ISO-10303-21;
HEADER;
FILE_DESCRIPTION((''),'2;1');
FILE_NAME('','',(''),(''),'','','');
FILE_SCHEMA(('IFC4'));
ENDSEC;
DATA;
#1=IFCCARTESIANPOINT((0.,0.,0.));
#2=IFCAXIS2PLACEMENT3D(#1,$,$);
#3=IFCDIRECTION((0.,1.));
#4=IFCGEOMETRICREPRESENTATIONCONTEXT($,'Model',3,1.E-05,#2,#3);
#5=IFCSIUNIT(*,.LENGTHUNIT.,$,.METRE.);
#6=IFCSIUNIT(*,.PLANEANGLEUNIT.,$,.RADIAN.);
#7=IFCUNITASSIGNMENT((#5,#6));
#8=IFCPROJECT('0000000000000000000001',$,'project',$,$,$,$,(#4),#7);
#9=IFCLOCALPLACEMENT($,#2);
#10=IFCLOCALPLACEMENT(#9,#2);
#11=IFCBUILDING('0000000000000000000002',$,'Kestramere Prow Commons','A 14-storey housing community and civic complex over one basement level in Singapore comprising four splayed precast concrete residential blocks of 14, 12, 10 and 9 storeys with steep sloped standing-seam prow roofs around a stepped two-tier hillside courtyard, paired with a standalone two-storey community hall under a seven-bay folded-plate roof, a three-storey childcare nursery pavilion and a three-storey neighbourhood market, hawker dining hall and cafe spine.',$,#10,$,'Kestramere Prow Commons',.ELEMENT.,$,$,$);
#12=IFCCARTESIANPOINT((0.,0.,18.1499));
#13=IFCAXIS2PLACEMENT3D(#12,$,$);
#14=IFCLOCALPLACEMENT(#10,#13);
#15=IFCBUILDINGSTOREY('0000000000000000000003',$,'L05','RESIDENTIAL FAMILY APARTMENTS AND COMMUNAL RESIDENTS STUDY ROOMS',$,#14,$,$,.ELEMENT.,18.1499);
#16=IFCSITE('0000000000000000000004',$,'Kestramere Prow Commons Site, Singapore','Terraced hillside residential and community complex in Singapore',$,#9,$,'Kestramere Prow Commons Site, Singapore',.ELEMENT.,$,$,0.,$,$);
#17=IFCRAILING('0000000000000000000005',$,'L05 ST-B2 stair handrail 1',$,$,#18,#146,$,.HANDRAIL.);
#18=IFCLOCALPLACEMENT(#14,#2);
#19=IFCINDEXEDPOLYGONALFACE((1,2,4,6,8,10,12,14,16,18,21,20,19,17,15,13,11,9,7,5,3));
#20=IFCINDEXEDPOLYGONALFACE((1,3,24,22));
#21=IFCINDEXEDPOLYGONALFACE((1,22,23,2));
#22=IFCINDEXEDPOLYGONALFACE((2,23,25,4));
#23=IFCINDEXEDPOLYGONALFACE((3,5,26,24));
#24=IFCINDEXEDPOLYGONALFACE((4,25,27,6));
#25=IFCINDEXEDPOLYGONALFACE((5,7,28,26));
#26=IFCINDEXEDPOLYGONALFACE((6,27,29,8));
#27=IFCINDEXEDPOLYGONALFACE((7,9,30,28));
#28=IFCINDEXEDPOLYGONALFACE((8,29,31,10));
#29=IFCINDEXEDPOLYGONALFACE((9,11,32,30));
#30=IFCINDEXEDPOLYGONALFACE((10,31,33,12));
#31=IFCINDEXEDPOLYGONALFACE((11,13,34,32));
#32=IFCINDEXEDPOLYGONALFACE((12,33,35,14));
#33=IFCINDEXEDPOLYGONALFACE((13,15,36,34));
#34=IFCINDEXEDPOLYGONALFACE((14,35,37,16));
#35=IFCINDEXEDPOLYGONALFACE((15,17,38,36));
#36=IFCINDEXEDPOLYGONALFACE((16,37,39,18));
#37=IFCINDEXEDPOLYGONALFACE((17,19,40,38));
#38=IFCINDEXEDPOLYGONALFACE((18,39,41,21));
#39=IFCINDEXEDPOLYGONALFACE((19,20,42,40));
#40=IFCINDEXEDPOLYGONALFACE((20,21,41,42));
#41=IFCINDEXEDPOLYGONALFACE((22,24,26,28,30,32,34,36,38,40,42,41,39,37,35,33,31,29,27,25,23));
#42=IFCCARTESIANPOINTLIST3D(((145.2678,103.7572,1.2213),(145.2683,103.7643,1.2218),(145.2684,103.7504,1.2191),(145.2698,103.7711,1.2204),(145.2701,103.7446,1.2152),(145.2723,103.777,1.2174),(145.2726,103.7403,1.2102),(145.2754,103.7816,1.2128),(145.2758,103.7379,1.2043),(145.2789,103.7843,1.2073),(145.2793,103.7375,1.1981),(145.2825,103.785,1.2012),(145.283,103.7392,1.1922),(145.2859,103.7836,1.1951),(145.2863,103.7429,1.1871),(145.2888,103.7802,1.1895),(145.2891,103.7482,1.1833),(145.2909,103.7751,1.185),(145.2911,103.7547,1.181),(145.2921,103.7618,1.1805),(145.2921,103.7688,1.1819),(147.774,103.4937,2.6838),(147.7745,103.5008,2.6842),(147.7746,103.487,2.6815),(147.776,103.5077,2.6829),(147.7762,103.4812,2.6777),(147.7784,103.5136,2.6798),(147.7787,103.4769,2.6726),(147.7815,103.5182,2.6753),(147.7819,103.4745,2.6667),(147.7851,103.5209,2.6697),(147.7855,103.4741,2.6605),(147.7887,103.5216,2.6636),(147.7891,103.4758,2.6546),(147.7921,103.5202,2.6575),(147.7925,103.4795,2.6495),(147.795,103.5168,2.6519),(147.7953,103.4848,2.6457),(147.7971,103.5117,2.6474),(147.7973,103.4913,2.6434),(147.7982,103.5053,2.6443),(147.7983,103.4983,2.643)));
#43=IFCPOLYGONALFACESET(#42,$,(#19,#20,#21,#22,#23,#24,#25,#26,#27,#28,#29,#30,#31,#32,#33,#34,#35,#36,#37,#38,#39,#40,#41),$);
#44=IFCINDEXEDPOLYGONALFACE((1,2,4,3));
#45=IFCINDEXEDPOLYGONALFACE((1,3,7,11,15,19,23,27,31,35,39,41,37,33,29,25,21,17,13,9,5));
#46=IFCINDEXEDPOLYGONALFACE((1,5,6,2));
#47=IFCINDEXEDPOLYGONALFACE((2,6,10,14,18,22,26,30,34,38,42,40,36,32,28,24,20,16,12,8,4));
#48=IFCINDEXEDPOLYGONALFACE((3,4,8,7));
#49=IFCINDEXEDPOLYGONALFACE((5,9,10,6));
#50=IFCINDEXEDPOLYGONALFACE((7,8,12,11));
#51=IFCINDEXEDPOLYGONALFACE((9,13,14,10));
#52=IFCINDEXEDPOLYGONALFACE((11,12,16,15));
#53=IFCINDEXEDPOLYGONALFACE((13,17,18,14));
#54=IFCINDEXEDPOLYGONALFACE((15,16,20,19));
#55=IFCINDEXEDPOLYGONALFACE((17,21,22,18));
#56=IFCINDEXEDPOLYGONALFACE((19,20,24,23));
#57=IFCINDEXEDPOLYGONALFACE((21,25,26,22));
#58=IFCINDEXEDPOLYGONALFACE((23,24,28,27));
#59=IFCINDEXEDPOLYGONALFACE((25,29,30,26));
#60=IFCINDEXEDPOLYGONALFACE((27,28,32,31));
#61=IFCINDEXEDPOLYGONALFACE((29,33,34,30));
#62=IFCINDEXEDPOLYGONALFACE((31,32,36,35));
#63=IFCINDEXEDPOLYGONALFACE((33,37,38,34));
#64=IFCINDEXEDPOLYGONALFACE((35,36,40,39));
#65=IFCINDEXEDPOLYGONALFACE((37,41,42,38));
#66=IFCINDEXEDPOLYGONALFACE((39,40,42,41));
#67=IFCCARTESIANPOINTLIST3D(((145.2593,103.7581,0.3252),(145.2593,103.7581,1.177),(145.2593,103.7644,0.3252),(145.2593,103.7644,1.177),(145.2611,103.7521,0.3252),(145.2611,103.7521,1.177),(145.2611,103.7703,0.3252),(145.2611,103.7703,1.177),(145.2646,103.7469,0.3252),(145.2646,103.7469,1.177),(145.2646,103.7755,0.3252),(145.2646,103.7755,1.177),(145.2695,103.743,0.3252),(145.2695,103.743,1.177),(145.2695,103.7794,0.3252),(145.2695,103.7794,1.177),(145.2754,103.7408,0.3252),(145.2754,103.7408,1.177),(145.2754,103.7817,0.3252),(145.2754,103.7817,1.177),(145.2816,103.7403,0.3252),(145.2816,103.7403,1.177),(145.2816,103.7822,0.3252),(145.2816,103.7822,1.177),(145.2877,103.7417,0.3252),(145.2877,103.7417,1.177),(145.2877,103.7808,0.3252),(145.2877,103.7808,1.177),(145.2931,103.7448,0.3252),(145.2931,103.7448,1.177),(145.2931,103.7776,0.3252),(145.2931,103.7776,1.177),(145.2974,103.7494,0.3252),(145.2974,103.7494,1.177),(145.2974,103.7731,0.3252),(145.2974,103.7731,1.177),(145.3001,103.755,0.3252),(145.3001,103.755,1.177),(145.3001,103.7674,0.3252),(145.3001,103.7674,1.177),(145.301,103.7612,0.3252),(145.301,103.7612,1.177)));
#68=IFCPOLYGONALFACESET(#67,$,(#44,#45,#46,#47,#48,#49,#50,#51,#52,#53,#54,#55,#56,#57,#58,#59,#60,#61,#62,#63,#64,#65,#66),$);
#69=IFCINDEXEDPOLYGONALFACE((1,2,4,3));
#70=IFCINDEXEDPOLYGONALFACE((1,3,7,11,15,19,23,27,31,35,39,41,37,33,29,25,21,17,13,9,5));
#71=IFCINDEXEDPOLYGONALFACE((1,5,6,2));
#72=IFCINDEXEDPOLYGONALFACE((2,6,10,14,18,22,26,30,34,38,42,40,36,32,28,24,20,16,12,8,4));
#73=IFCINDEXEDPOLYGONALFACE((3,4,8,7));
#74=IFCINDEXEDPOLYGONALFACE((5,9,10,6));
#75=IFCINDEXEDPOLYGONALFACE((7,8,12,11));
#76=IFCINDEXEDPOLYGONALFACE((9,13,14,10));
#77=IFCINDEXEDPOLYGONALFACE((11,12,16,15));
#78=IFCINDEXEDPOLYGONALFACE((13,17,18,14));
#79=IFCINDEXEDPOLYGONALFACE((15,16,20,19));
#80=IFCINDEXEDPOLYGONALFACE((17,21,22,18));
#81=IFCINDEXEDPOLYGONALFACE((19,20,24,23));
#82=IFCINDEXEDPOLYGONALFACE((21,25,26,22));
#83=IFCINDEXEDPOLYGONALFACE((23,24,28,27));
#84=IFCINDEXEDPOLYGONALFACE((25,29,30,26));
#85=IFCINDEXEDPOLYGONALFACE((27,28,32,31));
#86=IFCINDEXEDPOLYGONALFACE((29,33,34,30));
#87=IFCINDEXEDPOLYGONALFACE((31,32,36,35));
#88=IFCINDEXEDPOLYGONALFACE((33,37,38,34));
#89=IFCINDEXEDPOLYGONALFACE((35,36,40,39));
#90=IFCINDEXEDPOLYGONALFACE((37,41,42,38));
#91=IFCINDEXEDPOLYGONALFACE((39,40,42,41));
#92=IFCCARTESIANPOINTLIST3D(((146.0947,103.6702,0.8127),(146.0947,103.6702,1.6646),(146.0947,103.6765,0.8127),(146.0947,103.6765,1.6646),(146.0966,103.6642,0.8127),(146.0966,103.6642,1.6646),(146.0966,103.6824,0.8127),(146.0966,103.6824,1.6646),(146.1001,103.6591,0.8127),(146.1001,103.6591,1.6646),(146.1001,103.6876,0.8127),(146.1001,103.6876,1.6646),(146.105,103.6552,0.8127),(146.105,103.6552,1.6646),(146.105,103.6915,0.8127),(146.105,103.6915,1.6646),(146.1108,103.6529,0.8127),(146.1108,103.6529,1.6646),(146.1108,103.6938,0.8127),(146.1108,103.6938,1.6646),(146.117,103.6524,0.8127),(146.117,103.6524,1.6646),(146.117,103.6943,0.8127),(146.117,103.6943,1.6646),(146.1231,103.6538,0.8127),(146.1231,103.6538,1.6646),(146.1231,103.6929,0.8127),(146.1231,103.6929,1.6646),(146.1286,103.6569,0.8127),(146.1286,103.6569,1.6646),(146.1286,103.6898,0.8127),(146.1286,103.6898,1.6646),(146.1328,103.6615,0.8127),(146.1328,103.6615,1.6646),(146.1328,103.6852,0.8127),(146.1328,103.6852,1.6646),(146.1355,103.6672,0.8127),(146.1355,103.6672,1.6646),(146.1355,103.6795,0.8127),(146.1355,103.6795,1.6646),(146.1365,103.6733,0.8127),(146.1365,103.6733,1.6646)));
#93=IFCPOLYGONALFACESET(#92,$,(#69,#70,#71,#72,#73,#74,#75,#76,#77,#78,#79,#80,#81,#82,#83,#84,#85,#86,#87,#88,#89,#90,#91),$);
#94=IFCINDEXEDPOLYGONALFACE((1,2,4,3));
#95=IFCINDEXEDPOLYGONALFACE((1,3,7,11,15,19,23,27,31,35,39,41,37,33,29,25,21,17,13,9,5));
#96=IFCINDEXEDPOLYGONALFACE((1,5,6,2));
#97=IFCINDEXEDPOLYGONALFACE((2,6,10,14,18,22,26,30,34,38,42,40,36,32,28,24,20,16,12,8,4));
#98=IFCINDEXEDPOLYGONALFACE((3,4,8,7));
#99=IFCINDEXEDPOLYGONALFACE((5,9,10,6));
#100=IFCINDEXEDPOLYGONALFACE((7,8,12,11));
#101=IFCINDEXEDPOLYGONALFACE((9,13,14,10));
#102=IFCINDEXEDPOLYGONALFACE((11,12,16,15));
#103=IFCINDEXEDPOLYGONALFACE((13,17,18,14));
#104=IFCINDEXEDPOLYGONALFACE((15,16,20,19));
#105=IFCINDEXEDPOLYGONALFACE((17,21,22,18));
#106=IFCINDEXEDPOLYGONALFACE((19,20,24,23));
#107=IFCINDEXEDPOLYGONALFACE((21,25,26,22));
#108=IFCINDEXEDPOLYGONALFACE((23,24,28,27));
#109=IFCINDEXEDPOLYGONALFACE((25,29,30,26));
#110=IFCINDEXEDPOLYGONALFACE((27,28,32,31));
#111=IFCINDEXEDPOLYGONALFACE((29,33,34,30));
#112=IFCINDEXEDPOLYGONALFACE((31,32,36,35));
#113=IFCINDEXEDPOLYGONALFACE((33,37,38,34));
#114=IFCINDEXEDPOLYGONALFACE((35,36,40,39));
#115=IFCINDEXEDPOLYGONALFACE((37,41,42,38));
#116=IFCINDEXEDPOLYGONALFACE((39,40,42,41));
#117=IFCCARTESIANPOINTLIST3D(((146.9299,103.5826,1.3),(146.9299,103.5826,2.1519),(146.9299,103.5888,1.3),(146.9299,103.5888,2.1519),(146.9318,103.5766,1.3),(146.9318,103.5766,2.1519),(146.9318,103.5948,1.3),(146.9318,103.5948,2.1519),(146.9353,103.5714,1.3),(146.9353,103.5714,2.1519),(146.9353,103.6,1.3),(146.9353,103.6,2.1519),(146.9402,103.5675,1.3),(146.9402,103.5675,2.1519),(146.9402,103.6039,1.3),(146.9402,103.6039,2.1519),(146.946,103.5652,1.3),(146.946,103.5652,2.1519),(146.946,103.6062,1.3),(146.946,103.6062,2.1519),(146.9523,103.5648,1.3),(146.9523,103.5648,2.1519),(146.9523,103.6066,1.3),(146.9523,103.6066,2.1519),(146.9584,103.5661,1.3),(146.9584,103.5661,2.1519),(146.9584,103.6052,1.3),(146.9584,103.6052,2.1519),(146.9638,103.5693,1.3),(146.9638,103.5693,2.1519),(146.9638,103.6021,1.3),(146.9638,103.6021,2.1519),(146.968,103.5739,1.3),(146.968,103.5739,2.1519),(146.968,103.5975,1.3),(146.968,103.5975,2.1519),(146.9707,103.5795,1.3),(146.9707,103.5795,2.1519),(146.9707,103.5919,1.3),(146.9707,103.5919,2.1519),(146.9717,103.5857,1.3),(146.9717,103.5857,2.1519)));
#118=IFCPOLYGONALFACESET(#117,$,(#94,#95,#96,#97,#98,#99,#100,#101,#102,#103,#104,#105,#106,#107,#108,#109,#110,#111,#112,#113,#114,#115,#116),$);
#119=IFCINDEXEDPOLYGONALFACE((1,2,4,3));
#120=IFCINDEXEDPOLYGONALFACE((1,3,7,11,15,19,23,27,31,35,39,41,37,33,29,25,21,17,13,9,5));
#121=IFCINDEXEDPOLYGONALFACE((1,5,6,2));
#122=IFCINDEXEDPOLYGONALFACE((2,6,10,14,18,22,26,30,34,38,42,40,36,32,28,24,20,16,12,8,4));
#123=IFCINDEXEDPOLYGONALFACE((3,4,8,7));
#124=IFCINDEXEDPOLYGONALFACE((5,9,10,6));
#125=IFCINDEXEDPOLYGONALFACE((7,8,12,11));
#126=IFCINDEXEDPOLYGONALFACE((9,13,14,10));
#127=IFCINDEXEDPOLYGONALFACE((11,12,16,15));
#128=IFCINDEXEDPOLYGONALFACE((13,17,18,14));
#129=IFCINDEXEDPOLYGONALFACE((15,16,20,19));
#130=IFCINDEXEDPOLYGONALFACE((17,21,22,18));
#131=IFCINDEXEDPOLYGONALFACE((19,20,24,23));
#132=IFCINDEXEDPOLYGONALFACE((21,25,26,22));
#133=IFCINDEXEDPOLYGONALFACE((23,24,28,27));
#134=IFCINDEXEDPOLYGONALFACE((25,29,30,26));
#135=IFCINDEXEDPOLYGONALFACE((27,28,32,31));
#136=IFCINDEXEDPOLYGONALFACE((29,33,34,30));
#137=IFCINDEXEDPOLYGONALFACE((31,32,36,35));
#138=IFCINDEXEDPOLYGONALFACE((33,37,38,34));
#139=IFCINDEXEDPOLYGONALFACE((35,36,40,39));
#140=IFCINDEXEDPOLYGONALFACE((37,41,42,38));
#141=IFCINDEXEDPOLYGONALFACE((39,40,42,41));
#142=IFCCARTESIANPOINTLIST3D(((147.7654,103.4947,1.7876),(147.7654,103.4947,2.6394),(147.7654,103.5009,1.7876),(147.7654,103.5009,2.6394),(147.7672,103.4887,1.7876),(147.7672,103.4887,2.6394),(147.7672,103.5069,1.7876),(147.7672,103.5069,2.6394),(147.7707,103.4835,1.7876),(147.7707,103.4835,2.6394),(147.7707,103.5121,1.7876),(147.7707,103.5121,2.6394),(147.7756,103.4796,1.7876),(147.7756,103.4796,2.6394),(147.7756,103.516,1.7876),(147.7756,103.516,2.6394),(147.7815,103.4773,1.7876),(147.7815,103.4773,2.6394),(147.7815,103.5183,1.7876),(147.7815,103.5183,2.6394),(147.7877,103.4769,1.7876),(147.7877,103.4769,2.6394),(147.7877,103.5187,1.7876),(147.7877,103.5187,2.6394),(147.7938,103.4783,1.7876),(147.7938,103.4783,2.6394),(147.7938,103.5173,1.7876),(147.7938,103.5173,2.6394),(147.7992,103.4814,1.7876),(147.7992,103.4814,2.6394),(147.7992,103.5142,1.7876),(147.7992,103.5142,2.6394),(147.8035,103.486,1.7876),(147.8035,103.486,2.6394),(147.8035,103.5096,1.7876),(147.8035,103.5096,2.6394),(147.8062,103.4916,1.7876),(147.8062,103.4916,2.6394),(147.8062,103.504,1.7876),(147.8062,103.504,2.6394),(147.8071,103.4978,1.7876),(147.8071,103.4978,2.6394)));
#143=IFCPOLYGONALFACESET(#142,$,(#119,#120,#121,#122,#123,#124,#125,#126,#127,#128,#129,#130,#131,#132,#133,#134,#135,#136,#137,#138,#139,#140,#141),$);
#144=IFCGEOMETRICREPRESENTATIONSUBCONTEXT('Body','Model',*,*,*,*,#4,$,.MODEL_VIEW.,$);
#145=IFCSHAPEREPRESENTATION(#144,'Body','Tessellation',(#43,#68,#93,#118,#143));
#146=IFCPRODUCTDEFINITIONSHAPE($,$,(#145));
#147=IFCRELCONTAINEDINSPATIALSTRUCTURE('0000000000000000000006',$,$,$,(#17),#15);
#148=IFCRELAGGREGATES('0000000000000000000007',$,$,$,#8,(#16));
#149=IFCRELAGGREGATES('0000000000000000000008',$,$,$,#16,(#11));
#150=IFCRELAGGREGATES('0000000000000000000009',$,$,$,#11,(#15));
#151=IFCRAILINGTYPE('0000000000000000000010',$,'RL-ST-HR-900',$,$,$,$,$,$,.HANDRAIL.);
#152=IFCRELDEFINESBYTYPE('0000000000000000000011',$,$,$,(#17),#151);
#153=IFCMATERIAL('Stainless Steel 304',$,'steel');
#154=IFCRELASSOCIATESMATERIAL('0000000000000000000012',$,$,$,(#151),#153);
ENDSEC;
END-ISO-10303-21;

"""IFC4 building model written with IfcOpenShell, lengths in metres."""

from ifc_helpers import new_model, si_unit, direction, frame, origin, origin_2d, place, context, subcontext, project, spatial, circle, extrude, material, type_object, element, save


model = new_model("IFC4")

# Units and contexts
model_context = context("Model", 3, precision=1e-05, world=origin(), true_north=direction((0.0, 1.0)))
body_context = subcontext(model_context, "Body", "Model", "MODEL_VIEW")
ifc_project = project(units=[si_unit("LENGTHUNIT", "METRE"), si_unit("PLANEANGLEUNIT", "RADIAN")], contexts=[model_context])

# Site, building, storey
site_placement = place(None, origin())
site = spatial("IfcSite", under=ifc_project, at=site_placement, Name="Kestramere Prow Commons Site, Singapore", Description="Terraced hillside residential and community complex in Singapore", LongName="Kestramere Prow Commons Site, Singapore", CompositionType="ELEMENT", RefElevation=0.0)
building_placement = place(site_placement, origin())
building = spatial("IfcBuilding", under=site, at=building_placement, Name="Kestramere Prow Commons", Description="A 14-storey housing community and civic complex over one basement level in Singapore comprising four splayed precast concrete residential blocks of 14, 12, 10 and 9 storeys with steep sloped standing-seam prow roofs around a stepped two-tier hillside courtyard, paired with a standalone two-storey community hall under a seven-bay folded-plate roof, a three-storey childcare nursery pavilion and a three-storey neighbourhood market, hawker dining hall and cafe spine.", LongName="Kestramere Prow Commons", CompositionType="ELEMENT")
storey_placement = place(building_placement, frame((0.0, 0.0, 18.1499)))
storey = spatial("IfcBuildingStorey", under=building, at=storey_placement, Name="L05", Description="RESIDENTIAL FAMILY APARTMENTS AND COMMUNAL RESIDENTS STUDY ROOMS", CompositionType="ELEMENT", Elevation=18.1499)

# Railing
ifc_material_1 = material(Name="Stainless Steel 304", Category="steel")
railing_type_1 = type_object("IfcRailingType", Name="RL-ST-HR-900", PredefinedType="HANDRAIL", material=ifc_material_1)
railing_1_placement = place(storey_placement, frame((145.28, 103.7612, 0.3252)))
element("IfcRailing", 1, at=railing_1_placement, inside=storey, type_object=railing_type_1, Name="L05 ST-B2 stair handrail 1", PredefinedType="HANDRAIL", context=body_context, shape_type="SweptSolid", body=[
    extrude(circle(Radius=0.0239, at=origin_2d()), frame((0.0, 0.0, 0.876), z_axis=(0.860165, -0.090416, 0.501937), x_axis=(0.104539, 0.994521, 0.0)), (0.0, 0.0, 1.0), 2.9136),
    extrude(circle(Radius=0.021, at=origin_2d()), origin(), (0.0, 0.0, 1.0), 0.8518),
    extrude(circle(Radius=0.021, at=origin_2d()), frame((0.8354, -0.0879, 0.4875)), (0.0, 0.0, 1.0), 0.8518),
    extrude(circle(Radius=0.021, at=origin_2d()), frame((1.6707, -0.1755, 0.9749)), (0.0, 0.0, 1.0), 0.8518),
    extrude(circle(Radius=0.021, at=origin_2d()), frame((2.5061, -0.2634, 1.4624)), (0.0, 0.0, 1.0), 0.8518),
])

save(model, "model.ifc")
